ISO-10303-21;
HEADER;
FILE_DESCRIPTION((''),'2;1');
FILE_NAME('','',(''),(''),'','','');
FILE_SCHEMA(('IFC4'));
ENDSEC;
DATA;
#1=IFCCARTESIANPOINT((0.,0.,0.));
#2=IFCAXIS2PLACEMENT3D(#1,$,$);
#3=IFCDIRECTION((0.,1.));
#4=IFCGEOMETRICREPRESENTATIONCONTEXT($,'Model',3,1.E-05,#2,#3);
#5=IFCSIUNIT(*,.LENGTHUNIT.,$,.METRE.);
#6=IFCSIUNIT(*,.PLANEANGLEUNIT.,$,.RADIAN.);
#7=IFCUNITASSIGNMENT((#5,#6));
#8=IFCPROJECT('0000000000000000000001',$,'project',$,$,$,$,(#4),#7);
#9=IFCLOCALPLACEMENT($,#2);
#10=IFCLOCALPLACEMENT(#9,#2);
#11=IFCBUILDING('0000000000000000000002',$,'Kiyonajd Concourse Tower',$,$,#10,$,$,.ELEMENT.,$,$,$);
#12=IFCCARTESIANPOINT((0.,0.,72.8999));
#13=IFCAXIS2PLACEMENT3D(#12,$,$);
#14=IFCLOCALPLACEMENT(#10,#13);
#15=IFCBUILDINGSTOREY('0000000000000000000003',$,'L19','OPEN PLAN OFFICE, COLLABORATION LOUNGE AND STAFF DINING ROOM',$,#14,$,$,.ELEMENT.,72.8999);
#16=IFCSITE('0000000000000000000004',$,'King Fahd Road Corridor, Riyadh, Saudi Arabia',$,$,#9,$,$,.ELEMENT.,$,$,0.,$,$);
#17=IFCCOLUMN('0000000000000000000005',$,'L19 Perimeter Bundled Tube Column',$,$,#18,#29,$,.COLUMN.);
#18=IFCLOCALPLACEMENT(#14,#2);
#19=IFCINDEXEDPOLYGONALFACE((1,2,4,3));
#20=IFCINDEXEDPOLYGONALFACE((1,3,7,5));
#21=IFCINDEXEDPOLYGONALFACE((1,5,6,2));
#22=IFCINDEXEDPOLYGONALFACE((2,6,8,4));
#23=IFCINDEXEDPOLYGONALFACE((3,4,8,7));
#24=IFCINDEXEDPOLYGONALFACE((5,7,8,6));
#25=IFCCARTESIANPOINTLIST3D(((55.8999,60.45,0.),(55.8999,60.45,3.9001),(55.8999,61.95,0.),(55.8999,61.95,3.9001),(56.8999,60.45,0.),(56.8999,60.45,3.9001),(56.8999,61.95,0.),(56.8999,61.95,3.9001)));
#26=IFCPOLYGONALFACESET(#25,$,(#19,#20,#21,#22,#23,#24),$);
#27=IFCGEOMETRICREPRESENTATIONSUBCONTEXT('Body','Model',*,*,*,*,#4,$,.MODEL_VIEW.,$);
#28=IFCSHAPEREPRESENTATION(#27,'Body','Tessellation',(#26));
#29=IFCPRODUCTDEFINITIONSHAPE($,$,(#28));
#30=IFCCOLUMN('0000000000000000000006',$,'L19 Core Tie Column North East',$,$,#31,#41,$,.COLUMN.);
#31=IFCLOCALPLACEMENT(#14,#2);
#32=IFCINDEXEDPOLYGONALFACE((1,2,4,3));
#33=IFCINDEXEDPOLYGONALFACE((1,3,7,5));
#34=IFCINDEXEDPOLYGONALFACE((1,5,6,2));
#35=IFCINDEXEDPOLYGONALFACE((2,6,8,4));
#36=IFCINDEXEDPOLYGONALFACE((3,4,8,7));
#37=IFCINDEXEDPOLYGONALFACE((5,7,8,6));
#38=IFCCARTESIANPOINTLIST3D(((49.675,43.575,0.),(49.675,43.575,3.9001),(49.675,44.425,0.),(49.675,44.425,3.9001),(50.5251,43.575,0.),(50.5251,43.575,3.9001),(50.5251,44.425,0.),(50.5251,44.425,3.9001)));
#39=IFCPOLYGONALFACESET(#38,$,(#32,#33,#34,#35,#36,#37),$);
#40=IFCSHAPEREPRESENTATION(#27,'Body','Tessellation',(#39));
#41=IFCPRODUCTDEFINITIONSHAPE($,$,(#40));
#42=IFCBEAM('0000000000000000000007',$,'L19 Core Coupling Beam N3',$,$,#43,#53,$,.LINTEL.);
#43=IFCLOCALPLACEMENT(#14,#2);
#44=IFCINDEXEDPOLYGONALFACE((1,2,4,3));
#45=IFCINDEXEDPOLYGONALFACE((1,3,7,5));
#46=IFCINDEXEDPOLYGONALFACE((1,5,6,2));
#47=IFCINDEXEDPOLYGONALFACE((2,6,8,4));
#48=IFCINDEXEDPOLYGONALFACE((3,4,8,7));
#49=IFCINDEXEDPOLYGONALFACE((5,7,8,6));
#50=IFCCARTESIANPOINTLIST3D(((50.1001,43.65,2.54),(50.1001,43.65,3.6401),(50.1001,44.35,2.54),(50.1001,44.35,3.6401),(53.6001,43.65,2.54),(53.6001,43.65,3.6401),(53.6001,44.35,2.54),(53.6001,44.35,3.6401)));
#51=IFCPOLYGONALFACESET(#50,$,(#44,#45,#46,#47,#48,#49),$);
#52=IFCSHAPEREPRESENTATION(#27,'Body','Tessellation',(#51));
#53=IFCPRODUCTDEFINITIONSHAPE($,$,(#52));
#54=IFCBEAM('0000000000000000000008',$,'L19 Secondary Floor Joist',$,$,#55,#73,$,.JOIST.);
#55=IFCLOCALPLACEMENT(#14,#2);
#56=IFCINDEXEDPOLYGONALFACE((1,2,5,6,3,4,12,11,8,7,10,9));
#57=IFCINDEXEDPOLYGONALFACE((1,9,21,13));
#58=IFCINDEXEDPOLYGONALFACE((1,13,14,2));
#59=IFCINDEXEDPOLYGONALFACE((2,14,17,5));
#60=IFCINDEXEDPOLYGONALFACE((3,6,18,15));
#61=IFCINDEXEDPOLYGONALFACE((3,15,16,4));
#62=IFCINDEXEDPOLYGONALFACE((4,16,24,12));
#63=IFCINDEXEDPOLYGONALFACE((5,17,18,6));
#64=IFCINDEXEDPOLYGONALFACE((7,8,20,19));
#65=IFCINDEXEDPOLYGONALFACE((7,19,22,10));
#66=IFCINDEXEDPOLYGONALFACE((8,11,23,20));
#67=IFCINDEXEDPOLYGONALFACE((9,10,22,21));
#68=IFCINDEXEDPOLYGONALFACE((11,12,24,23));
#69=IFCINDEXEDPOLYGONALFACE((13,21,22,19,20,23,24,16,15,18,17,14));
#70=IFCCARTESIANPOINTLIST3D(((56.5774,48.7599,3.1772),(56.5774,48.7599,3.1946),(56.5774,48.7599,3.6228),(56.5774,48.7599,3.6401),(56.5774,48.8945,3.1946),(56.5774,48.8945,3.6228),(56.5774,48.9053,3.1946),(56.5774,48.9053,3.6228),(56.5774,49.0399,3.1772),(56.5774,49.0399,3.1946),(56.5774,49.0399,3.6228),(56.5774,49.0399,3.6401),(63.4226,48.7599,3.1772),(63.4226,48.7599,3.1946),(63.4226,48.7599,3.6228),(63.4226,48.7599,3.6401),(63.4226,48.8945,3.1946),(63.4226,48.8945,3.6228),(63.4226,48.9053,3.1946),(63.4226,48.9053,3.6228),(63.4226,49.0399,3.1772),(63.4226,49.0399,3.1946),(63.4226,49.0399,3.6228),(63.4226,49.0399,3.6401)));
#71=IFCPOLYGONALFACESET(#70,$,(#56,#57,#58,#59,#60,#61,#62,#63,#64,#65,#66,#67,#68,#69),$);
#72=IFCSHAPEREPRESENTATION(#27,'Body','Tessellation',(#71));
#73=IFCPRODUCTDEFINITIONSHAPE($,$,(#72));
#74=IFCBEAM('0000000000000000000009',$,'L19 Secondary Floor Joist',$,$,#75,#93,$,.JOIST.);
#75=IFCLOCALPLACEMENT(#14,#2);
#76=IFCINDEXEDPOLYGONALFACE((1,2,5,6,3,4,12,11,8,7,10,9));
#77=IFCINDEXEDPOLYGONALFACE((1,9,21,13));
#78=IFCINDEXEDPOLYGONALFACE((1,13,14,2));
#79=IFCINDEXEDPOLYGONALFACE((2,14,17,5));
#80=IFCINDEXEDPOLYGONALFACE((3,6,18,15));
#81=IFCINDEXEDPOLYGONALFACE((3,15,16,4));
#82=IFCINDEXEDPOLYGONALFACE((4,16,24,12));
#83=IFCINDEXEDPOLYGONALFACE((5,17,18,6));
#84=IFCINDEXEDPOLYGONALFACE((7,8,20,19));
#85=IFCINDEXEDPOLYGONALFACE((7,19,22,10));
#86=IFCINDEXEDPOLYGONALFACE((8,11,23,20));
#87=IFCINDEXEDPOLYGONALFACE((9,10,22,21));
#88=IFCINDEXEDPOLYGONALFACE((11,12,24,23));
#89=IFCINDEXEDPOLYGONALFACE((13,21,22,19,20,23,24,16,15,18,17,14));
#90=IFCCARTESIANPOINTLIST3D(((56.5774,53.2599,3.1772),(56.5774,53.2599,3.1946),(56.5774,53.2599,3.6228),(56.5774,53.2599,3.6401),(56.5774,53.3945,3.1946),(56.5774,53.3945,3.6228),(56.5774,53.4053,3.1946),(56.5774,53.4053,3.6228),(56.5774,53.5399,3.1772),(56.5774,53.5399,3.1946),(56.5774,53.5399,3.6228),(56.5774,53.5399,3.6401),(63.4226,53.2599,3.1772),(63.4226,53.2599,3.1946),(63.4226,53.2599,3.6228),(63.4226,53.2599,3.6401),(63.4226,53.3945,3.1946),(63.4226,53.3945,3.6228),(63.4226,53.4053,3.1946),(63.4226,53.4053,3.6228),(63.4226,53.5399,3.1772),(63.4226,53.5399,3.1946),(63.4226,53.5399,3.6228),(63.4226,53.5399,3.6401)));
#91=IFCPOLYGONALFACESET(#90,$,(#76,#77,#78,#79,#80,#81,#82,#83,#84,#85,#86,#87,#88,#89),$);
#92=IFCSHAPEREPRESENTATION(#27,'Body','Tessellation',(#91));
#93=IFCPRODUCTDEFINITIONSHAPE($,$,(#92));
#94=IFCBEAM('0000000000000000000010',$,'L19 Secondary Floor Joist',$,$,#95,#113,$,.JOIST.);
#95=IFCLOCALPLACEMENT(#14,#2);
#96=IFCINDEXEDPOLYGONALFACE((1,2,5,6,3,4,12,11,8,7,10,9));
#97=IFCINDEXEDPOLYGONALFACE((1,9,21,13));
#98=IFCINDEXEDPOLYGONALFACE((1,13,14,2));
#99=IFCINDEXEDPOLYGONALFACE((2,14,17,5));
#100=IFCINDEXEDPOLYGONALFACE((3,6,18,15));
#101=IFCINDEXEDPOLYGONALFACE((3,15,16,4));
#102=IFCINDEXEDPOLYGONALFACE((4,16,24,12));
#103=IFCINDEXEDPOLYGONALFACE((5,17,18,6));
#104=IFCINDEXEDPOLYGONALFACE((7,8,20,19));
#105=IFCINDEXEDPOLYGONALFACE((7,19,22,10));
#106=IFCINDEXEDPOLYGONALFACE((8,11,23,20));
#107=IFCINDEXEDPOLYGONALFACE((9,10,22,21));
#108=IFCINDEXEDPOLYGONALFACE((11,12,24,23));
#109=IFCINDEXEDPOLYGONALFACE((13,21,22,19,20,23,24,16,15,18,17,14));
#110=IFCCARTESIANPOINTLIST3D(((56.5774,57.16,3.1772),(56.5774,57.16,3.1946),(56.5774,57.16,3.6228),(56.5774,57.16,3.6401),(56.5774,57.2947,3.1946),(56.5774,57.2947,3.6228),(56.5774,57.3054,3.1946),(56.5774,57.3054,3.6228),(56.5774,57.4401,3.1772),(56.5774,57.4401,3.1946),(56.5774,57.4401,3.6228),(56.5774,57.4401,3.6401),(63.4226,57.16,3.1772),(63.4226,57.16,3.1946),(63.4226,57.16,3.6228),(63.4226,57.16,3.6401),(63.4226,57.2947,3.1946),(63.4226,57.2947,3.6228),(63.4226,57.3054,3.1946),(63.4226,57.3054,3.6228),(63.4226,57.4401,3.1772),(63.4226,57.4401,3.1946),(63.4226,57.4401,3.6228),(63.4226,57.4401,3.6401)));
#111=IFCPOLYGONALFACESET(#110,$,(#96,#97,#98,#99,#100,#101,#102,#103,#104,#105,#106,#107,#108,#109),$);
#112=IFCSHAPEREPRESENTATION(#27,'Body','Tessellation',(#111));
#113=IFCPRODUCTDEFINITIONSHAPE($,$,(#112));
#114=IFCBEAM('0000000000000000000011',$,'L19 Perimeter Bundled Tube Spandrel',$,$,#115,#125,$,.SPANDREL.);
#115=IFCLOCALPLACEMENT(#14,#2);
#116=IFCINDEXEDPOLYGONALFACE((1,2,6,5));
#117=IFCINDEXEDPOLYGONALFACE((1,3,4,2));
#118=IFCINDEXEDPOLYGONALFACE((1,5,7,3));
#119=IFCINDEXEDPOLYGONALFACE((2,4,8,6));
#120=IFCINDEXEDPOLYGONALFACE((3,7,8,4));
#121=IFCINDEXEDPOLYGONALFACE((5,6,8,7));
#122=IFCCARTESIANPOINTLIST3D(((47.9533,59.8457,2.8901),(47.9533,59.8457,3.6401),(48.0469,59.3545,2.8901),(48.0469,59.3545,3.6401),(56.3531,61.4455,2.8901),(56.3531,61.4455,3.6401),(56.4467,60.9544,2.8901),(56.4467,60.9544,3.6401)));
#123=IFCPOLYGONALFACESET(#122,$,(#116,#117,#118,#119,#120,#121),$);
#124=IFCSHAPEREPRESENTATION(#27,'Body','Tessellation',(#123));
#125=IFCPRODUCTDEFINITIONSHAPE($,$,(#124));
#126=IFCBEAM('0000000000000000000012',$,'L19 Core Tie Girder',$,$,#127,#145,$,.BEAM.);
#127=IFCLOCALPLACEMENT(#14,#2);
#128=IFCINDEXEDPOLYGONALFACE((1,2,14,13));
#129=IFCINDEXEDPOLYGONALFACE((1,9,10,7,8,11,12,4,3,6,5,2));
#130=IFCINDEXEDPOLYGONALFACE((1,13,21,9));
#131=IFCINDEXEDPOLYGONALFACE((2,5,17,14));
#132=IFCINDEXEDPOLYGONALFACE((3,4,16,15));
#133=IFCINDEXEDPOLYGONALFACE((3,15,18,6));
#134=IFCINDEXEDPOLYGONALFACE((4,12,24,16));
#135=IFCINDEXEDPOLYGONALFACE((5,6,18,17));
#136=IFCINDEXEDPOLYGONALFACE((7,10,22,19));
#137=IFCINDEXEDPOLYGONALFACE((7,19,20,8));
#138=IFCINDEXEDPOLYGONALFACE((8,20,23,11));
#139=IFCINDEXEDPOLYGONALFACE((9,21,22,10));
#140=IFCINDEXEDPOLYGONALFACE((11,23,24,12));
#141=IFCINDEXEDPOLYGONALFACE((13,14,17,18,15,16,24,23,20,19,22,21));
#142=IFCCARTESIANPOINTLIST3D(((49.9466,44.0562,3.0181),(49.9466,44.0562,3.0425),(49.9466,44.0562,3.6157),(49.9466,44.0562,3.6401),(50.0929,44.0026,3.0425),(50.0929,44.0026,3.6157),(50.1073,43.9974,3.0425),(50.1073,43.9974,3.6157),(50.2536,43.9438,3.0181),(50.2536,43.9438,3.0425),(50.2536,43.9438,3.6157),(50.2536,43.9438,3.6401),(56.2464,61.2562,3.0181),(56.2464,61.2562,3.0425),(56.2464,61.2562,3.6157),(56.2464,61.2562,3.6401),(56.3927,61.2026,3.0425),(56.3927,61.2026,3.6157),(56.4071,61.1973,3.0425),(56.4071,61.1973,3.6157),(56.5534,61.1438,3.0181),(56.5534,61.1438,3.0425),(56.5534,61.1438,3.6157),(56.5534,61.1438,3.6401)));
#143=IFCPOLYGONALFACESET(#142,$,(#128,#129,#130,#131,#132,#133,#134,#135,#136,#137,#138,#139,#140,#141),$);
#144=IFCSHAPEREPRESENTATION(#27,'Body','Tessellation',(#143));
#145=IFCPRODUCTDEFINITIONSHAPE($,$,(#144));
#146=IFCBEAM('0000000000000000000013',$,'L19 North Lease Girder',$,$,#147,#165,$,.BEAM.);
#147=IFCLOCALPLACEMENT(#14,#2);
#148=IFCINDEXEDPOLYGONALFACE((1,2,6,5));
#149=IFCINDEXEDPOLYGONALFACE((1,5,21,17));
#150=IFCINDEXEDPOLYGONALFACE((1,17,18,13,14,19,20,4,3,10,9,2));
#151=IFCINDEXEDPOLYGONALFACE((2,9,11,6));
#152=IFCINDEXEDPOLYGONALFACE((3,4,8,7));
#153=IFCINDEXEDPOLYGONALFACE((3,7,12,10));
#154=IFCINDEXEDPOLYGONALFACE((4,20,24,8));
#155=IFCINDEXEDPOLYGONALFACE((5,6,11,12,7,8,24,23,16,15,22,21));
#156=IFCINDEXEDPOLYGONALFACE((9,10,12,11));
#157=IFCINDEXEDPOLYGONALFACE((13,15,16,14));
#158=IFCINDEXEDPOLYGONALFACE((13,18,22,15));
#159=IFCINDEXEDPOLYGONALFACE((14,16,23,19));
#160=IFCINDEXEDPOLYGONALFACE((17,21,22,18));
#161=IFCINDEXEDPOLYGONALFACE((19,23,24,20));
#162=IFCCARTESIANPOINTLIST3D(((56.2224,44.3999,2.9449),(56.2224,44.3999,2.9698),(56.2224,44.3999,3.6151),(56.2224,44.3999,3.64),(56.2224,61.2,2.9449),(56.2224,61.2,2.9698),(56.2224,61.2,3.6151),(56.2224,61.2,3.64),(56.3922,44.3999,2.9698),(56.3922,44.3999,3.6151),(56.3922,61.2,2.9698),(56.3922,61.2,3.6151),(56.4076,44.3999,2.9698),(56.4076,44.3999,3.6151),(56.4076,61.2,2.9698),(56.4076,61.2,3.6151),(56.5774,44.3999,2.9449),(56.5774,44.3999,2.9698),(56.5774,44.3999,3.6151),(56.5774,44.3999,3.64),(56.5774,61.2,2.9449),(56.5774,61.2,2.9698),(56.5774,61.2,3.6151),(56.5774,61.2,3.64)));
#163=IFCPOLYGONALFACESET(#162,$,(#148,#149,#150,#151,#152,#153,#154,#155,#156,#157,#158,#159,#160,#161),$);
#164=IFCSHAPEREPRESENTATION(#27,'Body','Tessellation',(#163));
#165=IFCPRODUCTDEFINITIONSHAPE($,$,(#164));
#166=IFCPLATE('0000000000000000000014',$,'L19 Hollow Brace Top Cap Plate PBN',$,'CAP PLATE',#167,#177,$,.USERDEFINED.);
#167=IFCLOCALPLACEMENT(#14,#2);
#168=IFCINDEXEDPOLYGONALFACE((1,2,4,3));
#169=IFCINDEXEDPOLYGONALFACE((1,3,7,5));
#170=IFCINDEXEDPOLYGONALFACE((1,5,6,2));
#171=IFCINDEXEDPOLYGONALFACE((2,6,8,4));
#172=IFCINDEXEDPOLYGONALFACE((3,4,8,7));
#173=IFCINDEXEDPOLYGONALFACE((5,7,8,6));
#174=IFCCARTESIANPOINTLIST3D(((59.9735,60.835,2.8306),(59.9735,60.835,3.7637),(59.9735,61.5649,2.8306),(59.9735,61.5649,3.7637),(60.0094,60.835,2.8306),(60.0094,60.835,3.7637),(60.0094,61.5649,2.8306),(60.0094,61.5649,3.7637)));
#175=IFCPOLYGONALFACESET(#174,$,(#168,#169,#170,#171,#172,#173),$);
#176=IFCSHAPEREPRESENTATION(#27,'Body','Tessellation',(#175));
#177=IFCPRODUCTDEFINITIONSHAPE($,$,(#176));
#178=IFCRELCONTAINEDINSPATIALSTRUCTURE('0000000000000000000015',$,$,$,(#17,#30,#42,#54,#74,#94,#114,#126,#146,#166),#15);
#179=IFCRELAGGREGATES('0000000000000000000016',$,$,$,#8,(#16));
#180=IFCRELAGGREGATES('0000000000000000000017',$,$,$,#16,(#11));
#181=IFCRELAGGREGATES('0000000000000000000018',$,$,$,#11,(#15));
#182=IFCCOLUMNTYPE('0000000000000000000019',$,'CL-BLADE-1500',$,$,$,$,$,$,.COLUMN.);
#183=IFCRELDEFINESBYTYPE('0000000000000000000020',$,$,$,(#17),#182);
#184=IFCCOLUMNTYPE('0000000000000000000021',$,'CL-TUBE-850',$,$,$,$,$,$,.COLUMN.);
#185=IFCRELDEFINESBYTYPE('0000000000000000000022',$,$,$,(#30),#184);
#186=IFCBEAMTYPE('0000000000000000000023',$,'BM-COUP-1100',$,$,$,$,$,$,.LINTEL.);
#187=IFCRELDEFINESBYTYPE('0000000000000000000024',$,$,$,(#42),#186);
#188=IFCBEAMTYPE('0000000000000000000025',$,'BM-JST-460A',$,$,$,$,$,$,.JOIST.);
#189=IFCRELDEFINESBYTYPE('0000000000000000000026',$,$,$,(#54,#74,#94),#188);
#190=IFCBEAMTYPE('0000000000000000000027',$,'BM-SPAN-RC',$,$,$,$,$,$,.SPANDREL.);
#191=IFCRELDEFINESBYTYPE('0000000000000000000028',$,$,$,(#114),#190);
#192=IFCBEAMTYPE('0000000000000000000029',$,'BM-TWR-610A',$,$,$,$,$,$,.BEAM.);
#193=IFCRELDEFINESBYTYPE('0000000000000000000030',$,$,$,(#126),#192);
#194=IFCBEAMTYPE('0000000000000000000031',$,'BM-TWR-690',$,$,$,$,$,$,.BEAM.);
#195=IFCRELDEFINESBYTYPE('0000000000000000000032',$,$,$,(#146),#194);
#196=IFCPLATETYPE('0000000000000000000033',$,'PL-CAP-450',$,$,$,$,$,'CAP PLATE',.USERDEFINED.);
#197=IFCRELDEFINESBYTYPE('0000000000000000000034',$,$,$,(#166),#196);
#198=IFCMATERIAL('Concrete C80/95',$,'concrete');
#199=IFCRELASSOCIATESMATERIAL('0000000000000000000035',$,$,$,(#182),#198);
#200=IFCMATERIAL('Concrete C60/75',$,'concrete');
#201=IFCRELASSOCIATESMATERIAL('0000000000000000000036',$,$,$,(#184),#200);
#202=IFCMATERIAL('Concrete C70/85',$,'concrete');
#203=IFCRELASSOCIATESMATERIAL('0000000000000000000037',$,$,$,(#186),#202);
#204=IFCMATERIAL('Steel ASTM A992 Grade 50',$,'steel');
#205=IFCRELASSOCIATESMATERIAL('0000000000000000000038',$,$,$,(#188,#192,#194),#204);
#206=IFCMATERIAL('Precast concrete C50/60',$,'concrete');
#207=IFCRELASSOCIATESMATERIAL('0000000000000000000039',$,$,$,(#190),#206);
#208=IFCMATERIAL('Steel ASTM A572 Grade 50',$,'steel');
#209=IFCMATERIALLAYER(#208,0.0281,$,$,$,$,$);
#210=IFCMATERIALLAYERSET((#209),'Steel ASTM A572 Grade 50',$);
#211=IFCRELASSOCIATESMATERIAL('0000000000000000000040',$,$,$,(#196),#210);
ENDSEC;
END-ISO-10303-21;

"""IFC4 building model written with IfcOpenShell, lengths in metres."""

from ifc_helpers import new_model, si_unit, direction, frame, origin, origin_2d, place, context, subcontext, project, spatial, rectangle, i_section, extrude, material, layer, layer_set, material_profile, profile_set, type_object, element, save


model = new_model("IFC4")

# Units and contexts
model_context = context("Model", 3, precision=1e-05, world=origin(), true_north=direction((0.0, 1.0)))
body_context = subcontext(model_context, "Body", "Model", "MODEL_VIEW")
ifc_project = project(units=[si_unit("LENGTHUNIT", "METRE"), si_unit("PLANEANGLEUNIT", "RADIAN")], contexts=[model_context])

# Site, building, storey
site_placement = place(None, origin())
site = spatial("IfcSite", under=ifc_project, at=site_placement, Name="King Fahd Road Corridor, Riyadh, Saudi Arabia", CompositionType="ELEMENT", RefElevation=0.0)
building_placement = place(site_placement, origin())
building = spatial("IfcBuilding", under=site, at=building_placement, Name="Kiyonajd Concourse Tower", CompositionType="ELEMENT")
storey_placement = place(building_placement, frame((0.0, 0.0, 72.8999)))
storey = spatial("IfcBuildingStorey", under=building, at=storey_placement, Name="L19", Description="OPEN PLAN OFFICE, COLLABORATION LOUNGE AND STAFF DINING ROOM", CompositionType="ELEMENT", Elevation=72.8999)

# Columns
ifc_material_1 = material(Name="Concrete C80/95", Category="concrete")
ifc_material_profile_1 = material_profile(ifc_material_1, rectangle(XDim=1.0, YDim=1.5, at=origin_2d()), Name="RC-1500x1000")
ifc_profile_set_1 = profile_set([ifc_material_profile_1], Name="Concrete C80/95")
column_type_1 = type_object("IfcColumnType", Name="CL-BLADE-1500", PredefinedType="COLUMN", material=ifc_profile_set_1)
column_1_placement = place(storey_placement, frame((56.3999, 61.2, 0.0), z_axis=(0.0, 0.0, 1.0), x_axis=(1.0, 0.0, 0.0)))
element("IfcColumn", 1, at=column_1_placement, inside=storey, type_object=column_type_1, Name="L19 Perimeter Bundled Tube Column", PredefinedType="COLUMN", context=body_context, shape_type="SweptSolid", body=[
    extrude(rectangle(XDim=1.0, YDim=1.5, at=origin_2d()), origin(), (0.0, 0.0, 1.0), 3.9001),
])
ifc_material_2 = material(Name="Concrete C60/75", Category="concrete")
ifc_material_profile_2 = material_profile(ifc_material_2, rectangle(XDim=0.8501, YDim=0.8501, at=origin_2d()), Name="RC-850x850")
ifc_profile_set_2 = profile_set([ifc_material_profile_2], Name="Concrete C60/75")
column_type_2 = type_object("IfcColumnType", Name="CL-TUBE-850", PredefinedType="COLUMN", material=ifc_profile_set_2)
column_2_placement = place(storey_placement, frame((50.1001, 44.0, 0.0), z_axis=(0.0, 0.0, 1.0), x_axis=(1.0, 0.0, 0.0)))
element("IfcColumn", 2, at=column_2_placement, inside=storey, type_object=column_type_2, Name="L19 Core Tie Column North East", PredefinedType="COLUMN", context=body_context, shape_type="SweptSolid", body=[
    extrude(rectangle(XDim=0.8501, YDim=0.8501, at=origin_2d()), origin(), (0.0, 0.0, 1.0), 3.9001),
])

# Beams
ifc_material_3 = material(Name="Concrete C70/85", Category="concrete")
ifc_material_profile_3 = material_profile(ifc_material_3, rectangle(XDim=0.7, YDim=1.1001, at=origin_2d()), Name="RCBM-700x1100")
ifc_profile_set_3 = profile_set([ifc_material_profile_3], Name="Concrete C70/85")
beam_type_1 = type_object("IfcBeamType", Name="BM-COUP-1100", PredefinedType="LINTEL", material=ifc_profile_set_3)
beam_1_placement = place(storey_placement, frame((50.1001, 44.0, 3.0901), z_axis=(1.0, 0.0, 0.0), x_axis=(0.0, 1.0, 0.0)))
element("IfcBeam", 3, at=beam_1_placement, inside=storey, type_object=beam_type_1, Name="L19 Core Coupling Beam N3", PredefinedType="LINTEL", context=body_context, shape_type="SweptSolid", body=[
    extrude(rectangle(XDim=0.7, YDim=1.1001, at=origin_2d()), origin(), (0.0, 0.0, 1.0), 3.5),
])
ifc_material_4 = material(Name="Steel ASTM A992 Grade 50", Category="steel")
ifc_material_profile_4 = material_profile(ifc_material_4, i_section(OverallWidth=0.28, OverallDepth=0.4629, WebThickness=0.0107, FlangeThickness=0.0173, at=origin_2d()), Name="W460X113")
ifc_profile_set_4 = profile_set([ifc_material_profile_4], Name="Steel ASTM A992 Grade 50")
beam_type_2 = type_object("IfcBeamType", Name="BM-JST-460A", PredefinedType="JOIST", material=ifc_profile_set_4)
for number, where, z_axis, x_axis, name in (
    (4, (56.5774, 48.8999, 3.4087), (1.0, 0.0, 0.0), (0.0, 1.0, 0.0), "L19 Secondary Floor Joist"),
    (5, (56.5774, 53.3999, 3.4087), (1.0, 0.0, 0.0), (0.0, 1.0, 0.0), "L19 Secondary Floor Joist"),
    (6, (56.5774, 57.3, 3.4087), (1.0, 0.0, 0.0), (0.0, 1.0, 0.0), "L19 Secondary Floor Joist"),
):
    element("IfcBeam", number, at=place(storey_placement, frame(where, z_axis=z_axis, x_axis=x_axis)), inside=storey, type_object=beam_type_2, Name=name, PredefinedType="JOIST", context=body_context, shape_type="SweptSolid", body=[
        extrude(i_section(OverallWidth=0.28, OverallDepth=0.4629, WebThickness=0.0107, FlangeThickness=0.0173, at=origin_2d()), origin(), (0.0, 0.0, 1.0), 6.8452),
    ])
ifc_material_5 = material(Name="Precast concrete C50/60", Category="concrete")
ifc_material_profile_5 = material_profile(ifc_material_5, rectangle(XDim=0.5, YDim=0.75, at=origin_2d()), Name="RCBM-500x750")
ifc_profile_set_5 = profile_set([ifc_material_profile_5], Name="Precast concrete C50/60")
beam_type_3 = type_object("IfcBeamType", Name="BM-SPAN-RC", PredefinedType="SPANDREL", material=ifc_profile_set_5)
beam_2_placement = place(storey_placement, frame((56.3999, 61.2, 3.2651), z_axis=(-0.982341, -0.187098, 0.0), x_axis=(0.187098, -0.982341, 0.0)))
element("IfcBeam", 7, at=beam_2_placement, inside=storey, type_object=beam_type_3, Name="L19 Perimeter Bundled Tube Spandrel", PredefinedType="SPANDREL", context=body_context, shape_type="SweptSolid", body=[
    extrude(rectangle(XDim=0.5, YDim=0.75, at=origin_2d()), origin(), (0.0, 0.0, 1.0), 8.5508),
])
ifc_material_profile_6 = material_profile(ifc_material_4, i_section(OverallWidth=0.3269, OverallDepth=0.6221, WebThickness=0.0154, FlangeThickness=0.0244, at=origin_2d()), Name="W610X195")
ifc_profile_set_6 = profile_set([ifc_material_profile_6], Name="Steel ASTM A992 Grade 50")
beam_type_4 = type_object("IfcBeamType", Name="BM-TWR-610A", PredefinedType="BEAM", material=ifc_profile_set_6)
beam_3_placement = place(storey_placement, frame((50.1001, 44.0, 3.3291), z_axis=(0.343925, 0.938997, 0.0), x_axis=(-0.938997, 0.343925, 0.0)))
element("IfcBeam", 8, at=beam_3_placement, inside=storey, type_object=beam_type_4, Name="L19 Core Tie Girder", PredefinedType="BEAM", context=body_context, shape_type="SweptSolid", body=[
    extrude(i_section(OverallWidth=0.3269, OverallDepth=0.6221, WebThickness=0.0154, FlangeThickness=0.0244, at=origin_2d()), origin(), (0.0, 0.0, 1.0), 18.3174),
])
ifc_material_profile_7 = material_profile(ifc_material_4, i_section(OverallWidth=0.355, OverallDepth=0.6951, WebThickness=0.0154, FlangeThickness=0.0249, at=origin_2d()), Name="W690X217")
ifc_profile_set_7 = profile_set([ifc_material_profile_7], Name="Steel ASTM A992 Grade 50")
beam_type_5 = type_object("IfcBeamType", Name="BM-TWR-690", PredefinedType="BEAM", material=ifc_profile_set_7)
beam_4_placement = place(storey_placement, frame((56.3999, 44.3999, 3.2925), z_axis=(0.0, 1.0, 0.0), x_axis=(-1.0, 0.0, 0.0)))
element("IfcBeam", 9, at=beam_4_placement, inside=storey, type_object=beam_type_5, Name="L19 North Lease Girder", PredefinedType="BEAM", context=body_context, shape_type="SweptSolid", body=[
    extrude(i_section(OverallWidth=0.355, OverallDepth=0.6951, WebThickness=0.0154, FlangeThickness=0.0249, at=origin_2d()), origin(), (0.0, 0.0, 1.0), 16.8),
])

# Plate
ifc_material_6 = material(Name="Steel ASTM A572 Grade 50", Category="steel")
ifc_layer_1 = layer(ifc_material_6, 0.0281)
ifc_layer_set_1 = layer_set([ifc_layer_1], Name="Steel ASTM A572 Grade 50")
plate_type_1 = type_object("IfcPlateType", Name="PL-CAP-450", ElementType="CAP PLATE", PredefinedType="USERDEFINED", material=ifc_layer_set_1)
plate_1_placement = place(storey_placement, frame((59.9915, 61.2, 2.8306), z_axis=(0.0, 0.0, 1.0), x_axis=(-1.0, 0.0, 0.0)))
element("IfcPlate", 10, at=plate_1_placement, inside=storey, type_object=plate_type_1, Name="L19 Hollow Brace Top Cap Plate PBN", ObjectType="CAP PLATE", PredefinedType="USERDEFINED", context=body_context, shape_type="SweptSolid", body=[
    extrude(rectangle(XDim=0.0359, YDim=0.73, at=origin_2d()), origin(), (0.0, 0.0, 1.0), 0.9331),
])

save(model, "model.ifc")
